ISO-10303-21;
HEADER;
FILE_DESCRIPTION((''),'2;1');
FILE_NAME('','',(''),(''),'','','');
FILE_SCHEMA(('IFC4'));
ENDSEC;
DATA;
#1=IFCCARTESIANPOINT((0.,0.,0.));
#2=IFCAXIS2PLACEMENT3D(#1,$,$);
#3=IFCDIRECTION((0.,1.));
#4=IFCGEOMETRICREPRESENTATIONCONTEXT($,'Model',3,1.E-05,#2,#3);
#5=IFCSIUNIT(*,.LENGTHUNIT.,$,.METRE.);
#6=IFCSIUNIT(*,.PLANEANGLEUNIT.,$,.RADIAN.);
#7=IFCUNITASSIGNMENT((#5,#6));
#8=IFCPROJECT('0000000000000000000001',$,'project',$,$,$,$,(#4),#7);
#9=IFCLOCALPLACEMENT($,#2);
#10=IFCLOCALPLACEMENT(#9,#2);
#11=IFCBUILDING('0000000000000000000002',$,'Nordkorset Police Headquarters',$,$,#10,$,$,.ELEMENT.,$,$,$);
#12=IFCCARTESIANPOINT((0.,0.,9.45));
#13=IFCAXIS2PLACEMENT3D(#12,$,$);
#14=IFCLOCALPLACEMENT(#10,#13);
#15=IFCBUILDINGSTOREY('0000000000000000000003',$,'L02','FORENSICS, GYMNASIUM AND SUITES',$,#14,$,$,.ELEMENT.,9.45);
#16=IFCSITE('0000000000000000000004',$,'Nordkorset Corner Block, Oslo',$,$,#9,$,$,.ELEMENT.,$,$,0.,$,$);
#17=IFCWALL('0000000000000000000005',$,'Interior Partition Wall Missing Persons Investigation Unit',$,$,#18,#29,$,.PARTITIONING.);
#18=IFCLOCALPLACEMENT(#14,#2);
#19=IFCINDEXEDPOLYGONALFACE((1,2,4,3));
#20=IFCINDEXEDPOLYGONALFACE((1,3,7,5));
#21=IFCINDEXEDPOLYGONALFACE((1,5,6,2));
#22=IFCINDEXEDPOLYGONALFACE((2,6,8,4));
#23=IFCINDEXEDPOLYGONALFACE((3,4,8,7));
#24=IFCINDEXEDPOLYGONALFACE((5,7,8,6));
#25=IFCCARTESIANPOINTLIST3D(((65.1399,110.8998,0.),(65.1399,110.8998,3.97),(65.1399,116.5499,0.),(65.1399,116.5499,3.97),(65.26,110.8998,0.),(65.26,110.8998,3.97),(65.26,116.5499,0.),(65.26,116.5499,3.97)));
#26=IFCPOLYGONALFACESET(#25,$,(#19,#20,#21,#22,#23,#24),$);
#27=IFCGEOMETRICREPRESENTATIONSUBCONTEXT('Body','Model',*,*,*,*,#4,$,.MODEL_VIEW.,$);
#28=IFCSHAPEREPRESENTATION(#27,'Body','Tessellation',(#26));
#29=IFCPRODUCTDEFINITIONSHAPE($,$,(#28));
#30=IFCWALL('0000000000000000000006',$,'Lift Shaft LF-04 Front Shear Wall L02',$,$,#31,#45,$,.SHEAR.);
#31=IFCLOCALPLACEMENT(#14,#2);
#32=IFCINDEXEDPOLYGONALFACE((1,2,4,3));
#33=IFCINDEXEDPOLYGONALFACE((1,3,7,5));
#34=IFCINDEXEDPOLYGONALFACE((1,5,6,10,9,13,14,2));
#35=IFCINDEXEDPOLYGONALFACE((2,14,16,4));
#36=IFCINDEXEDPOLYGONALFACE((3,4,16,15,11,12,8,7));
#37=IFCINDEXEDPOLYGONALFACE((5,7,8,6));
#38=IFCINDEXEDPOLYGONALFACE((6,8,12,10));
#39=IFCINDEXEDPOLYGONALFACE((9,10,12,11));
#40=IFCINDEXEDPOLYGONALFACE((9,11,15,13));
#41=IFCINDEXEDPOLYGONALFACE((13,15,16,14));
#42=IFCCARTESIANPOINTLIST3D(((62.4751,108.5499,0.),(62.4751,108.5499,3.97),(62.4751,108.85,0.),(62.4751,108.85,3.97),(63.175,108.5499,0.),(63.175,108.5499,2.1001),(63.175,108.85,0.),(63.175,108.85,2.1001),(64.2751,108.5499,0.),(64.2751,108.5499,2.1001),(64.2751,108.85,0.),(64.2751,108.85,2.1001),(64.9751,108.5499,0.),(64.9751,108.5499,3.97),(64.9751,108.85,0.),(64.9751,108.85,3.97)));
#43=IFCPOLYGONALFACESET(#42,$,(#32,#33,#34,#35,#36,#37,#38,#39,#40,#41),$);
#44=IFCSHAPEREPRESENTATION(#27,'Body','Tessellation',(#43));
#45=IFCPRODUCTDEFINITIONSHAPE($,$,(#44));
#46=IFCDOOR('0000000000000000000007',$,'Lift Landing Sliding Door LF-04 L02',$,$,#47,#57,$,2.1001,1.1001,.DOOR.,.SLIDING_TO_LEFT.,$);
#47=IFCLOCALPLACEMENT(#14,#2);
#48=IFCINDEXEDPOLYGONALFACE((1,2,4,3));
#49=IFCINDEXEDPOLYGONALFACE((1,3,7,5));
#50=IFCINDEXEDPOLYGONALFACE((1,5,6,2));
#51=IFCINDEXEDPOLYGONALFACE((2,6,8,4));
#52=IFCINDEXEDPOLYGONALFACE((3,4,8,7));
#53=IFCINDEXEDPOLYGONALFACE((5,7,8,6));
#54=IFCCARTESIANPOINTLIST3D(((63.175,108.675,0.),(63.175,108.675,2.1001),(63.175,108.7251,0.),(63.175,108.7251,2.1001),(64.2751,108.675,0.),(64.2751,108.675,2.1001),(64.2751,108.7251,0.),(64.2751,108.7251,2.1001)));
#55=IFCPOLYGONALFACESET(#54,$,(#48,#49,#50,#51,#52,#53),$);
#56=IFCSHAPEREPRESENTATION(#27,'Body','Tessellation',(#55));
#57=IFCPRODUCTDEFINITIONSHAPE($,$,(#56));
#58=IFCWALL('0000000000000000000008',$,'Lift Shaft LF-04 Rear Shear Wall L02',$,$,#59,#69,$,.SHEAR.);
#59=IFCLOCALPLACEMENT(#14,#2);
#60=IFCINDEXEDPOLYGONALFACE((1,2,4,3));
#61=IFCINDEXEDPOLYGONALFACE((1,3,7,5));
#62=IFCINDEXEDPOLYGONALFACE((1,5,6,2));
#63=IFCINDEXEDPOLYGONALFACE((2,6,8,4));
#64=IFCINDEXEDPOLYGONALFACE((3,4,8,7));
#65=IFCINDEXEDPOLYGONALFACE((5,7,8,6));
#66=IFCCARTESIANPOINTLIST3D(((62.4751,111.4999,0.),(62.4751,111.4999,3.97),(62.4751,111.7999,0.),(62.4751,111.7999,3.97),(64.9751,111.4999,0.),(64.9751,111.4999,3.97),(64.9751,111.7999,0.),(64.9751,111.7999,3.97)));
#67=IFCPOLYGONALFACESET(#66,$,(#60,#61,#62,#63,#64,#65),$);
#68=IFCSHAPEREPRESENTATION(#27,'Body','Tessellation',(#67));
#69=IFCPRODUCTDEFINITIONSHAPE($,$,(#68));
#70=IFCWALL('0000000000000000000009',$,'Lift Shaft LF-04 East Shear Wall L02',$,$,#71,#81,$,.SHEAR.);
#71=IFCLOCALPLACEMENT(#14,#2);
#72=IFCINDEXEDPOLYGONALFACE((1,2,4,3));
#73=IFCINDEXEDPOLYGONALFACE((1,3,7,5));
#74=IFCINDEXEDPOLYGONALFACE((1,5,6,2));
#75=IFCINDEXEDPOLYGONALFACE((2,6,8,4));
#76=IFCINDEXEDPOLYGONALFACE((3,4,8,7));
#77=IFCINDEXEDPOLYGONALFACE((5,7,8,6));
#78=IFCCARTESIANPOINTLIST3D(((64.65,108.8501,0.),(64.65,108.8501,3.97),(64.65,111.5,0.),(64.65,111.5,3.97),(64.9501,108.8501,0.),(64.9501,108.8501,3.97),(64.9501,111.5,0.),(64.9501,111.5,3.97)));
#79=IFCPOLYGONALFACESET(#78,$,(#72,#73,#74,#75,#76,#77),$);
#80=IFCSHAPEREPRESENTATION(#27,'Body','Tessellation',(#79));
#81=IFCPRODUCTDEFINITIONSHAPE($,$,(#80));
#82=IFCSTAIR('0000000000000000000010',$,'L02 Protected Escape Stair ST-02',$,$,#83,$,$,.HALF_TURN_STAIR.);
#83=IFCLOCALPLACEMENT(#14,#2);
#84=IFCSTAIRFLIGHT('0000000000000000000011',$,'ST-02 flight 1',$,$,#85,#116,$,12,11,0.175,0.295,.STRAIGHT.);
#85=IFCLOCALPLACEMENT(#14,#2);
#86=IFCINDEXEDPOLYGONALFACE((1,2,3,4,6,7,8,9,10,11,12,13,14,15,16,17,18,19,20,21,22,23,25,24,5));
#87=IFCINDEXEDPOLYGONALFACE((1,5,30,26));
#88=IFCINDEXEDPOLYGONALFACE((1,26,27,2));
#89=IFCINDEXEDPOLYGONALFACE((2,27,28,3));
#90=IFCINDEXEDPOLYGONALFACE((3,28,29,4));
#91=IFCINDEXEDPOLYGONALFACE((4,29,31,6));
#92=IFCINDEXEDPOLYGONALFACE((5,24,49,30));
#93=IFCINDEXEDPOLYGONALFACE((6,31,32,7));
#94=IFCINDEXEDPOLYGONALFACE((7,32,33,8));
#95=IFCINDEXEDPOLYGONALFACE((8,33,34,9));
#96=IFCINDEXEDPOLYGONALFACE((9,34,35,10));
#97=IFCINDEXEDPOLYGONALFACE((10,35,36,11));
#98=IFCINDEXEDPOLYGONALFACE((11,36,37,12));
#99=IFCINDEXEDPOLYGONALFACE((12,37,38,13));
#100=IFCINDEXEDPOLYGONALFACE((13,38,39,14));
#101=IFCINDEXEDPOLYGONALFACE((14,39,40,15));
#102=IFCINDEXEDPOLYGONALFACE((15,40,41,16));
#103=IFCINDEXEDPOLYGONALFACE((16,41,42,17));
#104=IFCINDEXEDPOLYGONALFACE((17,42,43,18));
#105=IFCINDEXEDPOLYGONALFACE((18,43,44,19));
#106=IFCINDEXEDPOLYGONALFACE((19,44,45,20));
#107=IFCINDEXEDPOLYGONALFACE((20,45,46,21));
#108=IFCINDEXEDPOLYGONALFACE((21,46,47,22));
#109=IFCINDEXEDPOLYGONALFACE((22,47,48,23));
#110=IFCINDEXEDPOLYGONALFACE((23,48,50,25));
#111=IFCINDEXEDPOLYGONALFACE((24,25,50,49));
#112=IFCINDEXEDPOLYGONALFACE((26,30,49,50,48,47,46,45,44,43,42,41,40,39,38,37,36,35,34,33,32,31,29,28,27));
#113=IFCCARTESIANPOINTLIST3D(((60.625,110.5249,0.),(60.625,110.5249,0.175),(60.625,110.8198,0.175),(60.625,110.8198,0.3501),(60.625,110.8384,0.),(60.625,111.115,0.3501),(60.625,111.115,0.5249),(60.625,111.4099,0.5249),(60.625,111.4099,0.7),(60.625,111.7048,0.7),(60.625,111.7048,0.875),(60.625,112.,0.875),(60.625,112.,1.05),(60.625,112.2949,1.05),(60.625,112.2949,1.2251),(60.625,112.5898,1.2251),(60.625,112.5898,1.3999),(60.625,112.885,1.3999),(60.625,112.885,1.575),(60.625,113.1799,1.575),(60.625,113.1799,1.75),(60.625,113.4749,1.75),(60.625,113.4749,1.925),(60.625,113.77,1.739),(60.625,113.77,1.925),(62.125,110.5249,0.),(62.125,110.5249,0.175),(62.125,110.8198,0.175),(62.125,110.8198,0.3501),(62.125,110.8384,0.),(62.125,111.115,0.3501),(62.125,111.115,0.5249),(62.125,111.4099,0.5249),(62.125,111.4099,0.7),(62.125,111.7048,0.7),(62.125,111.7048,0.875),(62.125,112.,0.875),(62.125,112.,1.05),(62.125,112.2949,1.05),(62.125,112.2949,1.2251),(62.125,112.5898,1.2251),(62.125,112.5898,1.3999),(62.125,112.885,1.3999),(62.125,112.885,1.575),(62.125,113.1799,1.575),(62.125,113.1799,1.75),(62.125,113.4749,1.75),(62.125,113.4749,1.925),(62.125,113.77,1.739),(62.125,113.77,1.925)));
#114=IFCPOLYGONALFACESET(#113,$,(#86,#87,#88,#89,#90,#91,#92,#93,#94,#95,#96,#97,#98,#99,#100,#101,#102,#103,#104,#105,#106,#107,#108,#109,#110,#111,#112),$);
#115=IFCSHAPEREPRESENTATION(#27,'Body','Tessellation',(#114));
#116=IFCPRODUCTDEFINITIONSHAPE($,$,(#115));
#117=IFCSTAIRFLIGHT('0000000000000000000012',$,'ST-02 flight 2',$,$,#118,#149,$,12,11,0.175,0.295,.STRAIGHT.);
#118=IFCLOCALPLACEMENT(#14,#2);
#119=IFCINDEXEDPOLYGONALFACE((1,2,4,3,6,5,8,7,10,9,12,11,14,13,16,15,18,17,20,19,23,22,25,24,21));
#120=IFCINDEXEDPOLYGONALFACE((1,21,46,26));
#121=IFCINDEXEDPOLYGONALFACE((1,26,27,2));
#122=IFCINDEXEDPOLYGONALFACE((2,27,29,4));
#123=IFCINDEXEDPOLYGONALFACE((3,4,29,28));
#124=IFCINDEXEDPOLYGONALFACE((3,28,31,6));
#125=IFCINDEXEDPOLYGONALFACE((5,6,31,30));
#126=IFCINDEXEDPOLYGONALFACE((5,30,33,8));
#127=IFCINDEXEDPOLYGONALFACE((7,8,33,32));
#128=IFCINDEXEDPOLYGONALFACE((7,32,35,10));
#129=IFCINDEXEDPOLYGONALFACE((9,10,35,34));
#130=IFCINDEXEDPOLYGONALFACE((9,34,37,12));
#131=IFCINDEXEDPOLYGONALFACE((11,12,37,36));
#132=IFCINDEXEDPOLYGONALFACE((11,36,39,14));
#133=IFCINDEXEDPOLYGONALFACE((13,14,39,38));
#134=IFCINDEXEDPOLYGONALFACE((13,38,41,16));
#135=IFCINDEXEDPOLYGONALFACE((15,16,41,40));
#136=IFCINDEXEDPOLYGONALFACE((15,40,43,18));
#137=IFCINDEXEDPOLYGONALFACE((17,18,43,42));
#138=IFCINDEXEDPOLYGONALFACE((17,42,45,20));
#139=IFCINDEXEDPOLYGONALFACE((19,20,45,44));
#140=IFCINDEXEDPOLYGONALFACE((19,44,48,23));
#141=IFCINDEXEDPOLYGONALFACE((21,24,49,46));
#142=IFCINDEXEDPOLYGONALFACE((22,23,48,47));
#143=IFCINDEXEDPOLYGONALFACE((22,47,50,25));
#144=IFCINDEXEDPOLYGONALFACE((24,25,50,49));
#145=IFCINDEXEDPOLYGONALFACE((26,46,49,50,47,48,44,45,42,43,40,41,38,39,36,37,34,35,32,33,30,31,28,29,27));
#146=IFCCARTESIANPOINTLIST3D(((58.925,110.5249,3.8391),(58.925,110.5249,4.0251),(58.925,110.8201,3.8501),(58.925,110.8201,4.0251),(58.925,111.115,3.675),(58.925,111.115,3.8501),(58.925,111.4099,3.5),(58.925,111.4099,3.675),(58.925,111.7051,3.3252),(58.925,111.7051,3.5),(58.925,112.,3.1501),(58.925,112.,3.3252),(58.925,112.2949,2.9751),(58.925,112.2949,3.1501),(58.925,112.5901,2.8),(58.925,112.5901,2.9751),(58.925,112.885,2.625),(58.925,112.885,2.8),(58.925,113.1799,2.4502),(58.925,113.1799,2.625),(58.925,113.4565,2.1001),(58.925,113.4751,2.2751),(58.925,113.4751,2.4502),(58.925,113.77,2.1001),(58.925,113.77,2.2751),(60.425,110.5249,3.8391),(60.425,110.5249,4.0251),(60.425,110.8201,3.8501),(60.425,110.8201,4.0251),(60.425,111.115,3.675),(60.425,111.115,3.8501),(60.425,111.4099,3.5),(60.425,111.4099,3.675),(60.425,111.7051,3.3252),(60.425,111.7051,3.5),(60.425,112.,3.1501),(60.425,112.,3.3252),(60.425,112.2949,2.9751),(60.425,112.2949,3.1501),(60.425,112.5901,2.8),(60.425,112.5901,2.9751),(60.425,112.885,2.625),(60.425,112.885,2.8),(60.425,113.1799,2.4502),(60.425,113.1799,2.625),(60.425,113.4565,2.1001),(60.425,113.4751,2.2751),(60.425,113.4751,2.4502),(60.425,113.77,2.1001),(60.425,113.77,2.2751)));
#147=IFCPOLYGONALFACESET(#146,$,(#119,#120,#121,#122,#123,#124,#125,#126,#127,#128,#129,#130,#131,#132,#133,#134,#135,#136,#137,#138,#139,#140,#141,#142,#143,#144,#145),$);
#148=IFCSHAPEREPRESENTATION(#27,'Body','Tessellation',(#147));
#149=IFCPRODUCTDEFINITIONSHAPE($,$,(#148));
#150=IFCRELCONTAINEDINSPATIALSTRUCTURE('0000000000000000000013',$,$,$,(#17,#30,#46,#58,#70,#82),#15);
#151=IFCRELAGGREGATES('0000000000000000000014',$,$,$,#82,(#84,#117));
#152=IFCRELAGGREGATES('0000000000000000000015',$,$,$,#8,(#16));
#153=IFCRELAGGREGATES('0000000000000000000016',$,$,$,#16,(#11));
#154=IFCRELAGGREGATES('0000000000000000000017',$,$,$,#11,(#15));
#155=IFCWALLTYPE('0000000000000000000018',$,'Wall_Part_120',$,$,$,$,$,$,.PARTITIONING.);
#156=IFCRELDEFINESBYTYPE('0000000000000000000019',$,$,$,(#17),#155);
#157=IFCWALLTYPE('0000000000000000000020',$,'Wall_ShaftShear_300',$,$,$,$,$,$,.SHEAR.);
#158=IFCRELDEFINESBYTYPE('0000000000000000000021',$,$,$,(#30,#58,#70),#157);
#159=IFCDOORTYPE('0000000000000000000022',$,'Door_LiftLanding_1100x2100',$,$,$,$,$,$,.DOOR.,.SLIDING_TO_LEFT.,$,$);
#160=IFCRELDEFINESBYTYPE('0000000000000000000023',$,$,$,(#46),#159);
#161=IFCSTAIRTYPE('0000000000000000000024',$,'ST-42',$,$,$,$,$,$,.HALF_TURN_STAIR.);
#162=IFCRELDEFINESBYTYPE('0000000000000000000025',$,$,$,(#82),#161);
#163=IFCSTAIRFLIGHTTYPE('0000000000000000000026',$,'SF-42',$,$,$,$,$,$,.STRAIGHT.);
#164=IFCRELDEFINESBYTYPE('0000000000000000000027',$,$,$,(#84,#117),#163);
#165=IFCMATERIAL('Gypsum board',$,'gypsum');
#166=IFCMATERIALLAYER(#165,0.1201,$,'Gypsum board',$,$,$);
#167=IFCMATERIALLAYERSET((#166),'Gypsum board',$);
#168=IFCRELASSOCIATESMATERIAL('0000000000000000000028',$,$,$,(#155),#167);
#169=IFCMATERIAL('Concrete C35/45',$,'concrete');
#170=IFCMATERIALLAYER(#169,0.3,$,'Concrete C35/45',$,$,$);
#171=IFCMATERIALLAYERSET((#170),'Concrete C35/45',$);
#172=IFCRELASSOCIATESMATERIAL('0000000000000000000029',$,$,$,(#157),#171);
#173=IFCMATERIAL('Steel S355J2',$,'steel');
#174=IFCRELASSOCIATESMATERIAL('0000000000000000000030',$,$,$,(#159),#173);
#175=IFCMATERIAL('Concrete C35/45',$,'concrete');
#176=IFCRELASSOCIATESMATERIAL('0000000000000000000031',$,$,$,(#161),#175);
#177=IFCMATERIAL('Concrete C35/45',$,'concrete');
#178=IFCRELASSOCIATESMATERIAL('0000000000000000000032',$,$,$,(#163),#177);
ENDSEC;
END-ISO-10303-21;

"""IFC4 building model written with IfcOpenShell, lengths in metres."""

from ifc_helpers import new_model, si_unit, direction, frame, frame_2d, origin, place, context, subcontext, project, spatial, polyline, rectangle, outline, extrude, material, layer, layer_set, type_object, element, fill, aggregate, save


model = new_model("IFC4")

# Units and contexts
model_context = context("Model", 3, precision=1e-05, world=origin(), true_north=direction((0.0, 1.0)))
body_context = subcontext(model_context, "Body", "Model", "MODEL_VIEW")
ifc_project = project(units=[si_unit("LENGTHUNIT", "METRE"), si_unit("PLANEANGLEUNIT", "RADIAN")], contexts=[model_context])

# Site, building, storey
site_placement = place(None, origin())
site = spatial("IfcSite", under=ifc_project, at=site_placement, Name="Nordkorset Corner Block, Oslo", CompositionType="ELEMENT", RefElevation=0.0)
building_placement = place(site_placement, origin())
building = spatial("IfcBuilding", under=site, at=building_placement, Name="Nordkorset Police Headquarters", CompositionType="ELEMENT")
storey_placement = place(building_placement, frame((0.0, 0.0, 9.45)))
storey = spatial("IfcBuildingStorey", under=building, at=storey_placement, Name="L02", Description="FORENSICS, GYMNASIUM AND SUITES", CompositionType="ELEMENT", Elevation=9.45)

# Shared definitions
ifc_material_1 = material(Name="Gypsum board", Category="gypsum")
ifc_layer_1 = layer(ifc_material_1, 0.1201, Name="Gypsum board")
ifc_layer_set_1 = layer_set([ifc_layer_1], Name="Gypsum board")
wall_type_1 = type_object("IfcWallType", Name="Wall_Part_120", PredefinedType="PARTITIONING", material=ifc_layer_set_1)

# Wall
wall_1_placement = place(storey_placement, frame((65.2, 116.55, 0.0), z_axis=(0.0, 0.0, 1.0), x_axis=(0.0, -1.0, 0.0)))
element("IfcWall", 1, at=wall_1_placement, inside=storey, type_object=wall_type_1, Name="Interior Partition Wall Missing Persons Investigation Unit", PredefinedType="PARTITIONING", context=body_context, shape_type="SweptSolid", body=[
    extrude(rectangle(XDim=5.6501, YDim=0.1201, at=frame_2d((2.8252, 0.0))), origin(), (0.0, 0.0, 1.0), 3.97),
])

# Wall, opening, door
ifc_material_2 = material(Name="Concrete C35/45", Category="concrete")
ifc_layer_2 = layer(ifc_material_2, 0.3, Name="Concrete C35/45")
ifc_layer_set_2 = layer_set([ifc_layer_2], Name="Concrete C35/45")
wall_type_2 = type_object("IfcWallType", Name="Wall_ShaftShear_300", PredefinedType="SHEAR", material=ifc_layer_set_2)
wall_2_placement = place(storey_placement, frame((62.4751, 108.7, 0.0), z_axis=(0.0, 0.0, 1.0), x_axis=(1.0, 0.0, 0.0)))
wall_2 = element("IfcWall", 2, at=wall_2_placement, inside=storey, type_object=wall_type_2, Name="Lift Shaft LF-04 Front Shear Wall L02", PredefinedType="SHEAR", context=body_context, shape_type="SweptSolid", body=[
    extrude(rectangle(XDim=2.5, YDim=0.3, at=frame_2d((1.25, 0.0))), origin(), (0.0, 0.0, 1.0), 3.97),
])
opening_1_placement = place(wall_2_placement, frame((0.7, 0.0, 0.0)))
opening_1 = element("IfcOpeningElement", 3, at=opening_1_placement, cuts=wall_2, PredefinedType="OPENING", context=body_context, shape_type="SweptSolid", body=[
    extrude(rectangle(XDim=1.1001, YDim=2.1001, at=frame_2d((0.55, 1.05))), frame((0.0, 0.1602, 0.0), z_axis=(0.0, -1.0, 0.0), x_axis=(1.0, 0.0, 0.0)), (0.0, 0.0, 1.0), 0.3201),
])
ifc_material_3 = material(Name="Steel S355J2", Category="steel")
door_type_1 = type_object("IfcDoorType", Name="Door_LiftLanding_1100x2100", OperationType="SLIDING_TO_LEFT", PredefinedType="DOOR", material=ifc_material_3)
door_1_placement = place(opening_1_placement, frame((1.1001, 0.0, 0.0), z_axis=(0.0, 0.0, 1.0), x_axis=(-1.0, 0.0, 0.0)))
door_1 = element("IfcDoor", 4, at=door_1_placement, inside=storey, type_object=door_type_1, Name="Lift Landing Sliding Door LF-04 L02", OperationType="SLIDING_TO_LEFT", OverallHeight=2.1001, OverallWidth=1.1001, PredefinedType="DOOR", context=body_context, shape_type="SweptSolid", body=[
    extrude(rectangle(XDim=1.1001, YDim=2.1001, at=frame_2d((0.55, 1.05))), frame((0.0, 0.0249, 0.0), z_axis=(0.0, -1.0, 0.0), x_axis=(1.0, 0.0, 0.0)), (0.0, 0.0, 1.0), 0.05),
])
fill(opening_1, door_1)

# Walls
wall_3_placement = place(storey_placement, frame((62.4751, 111.6499, 0.0), z_axis=(0.0, 0.0, 1.0), x_axis=(1.0, 0.0, 0.0)))
element("IfcWall", 5, at=wall_3_placement, inside=storey, type_object=wall_type_2, Name="Lift Shaft LF-04 Rear Shear Wall L02", PredefinedType="SHEAR", context=body_context, shape_type="SweptSolid", body=[
    extrude(rectangle(XDim=2.5, YDim=0.3, at=frame_2d((1.25, 0.0))), origin(), (0.0, 0.0, 1.0), 3.97),
])
wall_4_placement = place(storey_placement, frame((64.8, 108.8501, 0.0), z_axis=(0.0, 0.0, 1.0), x_axis=(0.0, 1.0, 0.0)))
element("IfcWall", 6, at=wall_4_placement, inside=storey, type_object=wall_type_2, Name="Lift Shaft LF-04 East Shear Wall L02", PredefinedType="SHEAR", context=body_context, shape_type="SweptSolid", body=[
    extrude(rectangle(XDim=2.6499, YDim=0.3, at=frame_2d((1.325, 0.0))), origin(), (0.0, 0.0, 1.0), 3.97),
])

# Stair, stair flights
ifc_material_4 = material(Name="Concrete C35/45", Category="concrete")
stair_type = type_object("IfcStairType", Name="ST-42", PredefinedType="HALF_TURN_STAIR", material=ifc_material_4)
stair_placement = place(storey_placement, origin())
stair = element("IfcStair", 7, at=stair_placement, inside=storey, type_object=stair_type, Name="L02 Protected Escape Stair ST-02", PredefinedType="HALF_TURN_STAIR")
ifc_material_5 = material(Name="Concrete C35/45", Category="concrete")
stair_flight_type = type_object("IfcStairFlightType", Name="SF-42", PredefinedType="STRAIGHT", material=ifc_material_5)
stair_flight_1_placement = place(storey_placement, frame((61.375, 110.5249, 0.0), z_axis=(0.0, 0.0, 1.0), x_axis=(0.0, 1.0, 0.0)))
stair_flight_1 = element("IfcStairFlight", 8, at=stair_flight_1_placement, type_object=stair_flight_type, Name="ST-02 flight 1", NumberOfRisers=12, NumberOfTreads=11, PredefinedType="STRAIGHT", RiserHeight=0.175, TreadLength=0.295, context=body_context, shape_type="SweptSolid", body=[
    extrude(outline(polyline([(0.0, 0.0), (0.0, 0.175), (0.2949, 0.175), (0.2949, 0.3501), (0.5901, 0.3501), (0.5901, 0.5249), (0.885, 0.5249), (0.885, 0.7), (1.1799, 0.7), (1.1799, 0.875), (1.4751, 0.875), (1.4751, 1.05), (1.77, 1.05), (1.77, 1.2251), (2.0649, 1.2251), (2.0649, 1.3999), (2.3601, 1.3999), (2.3601, 1.575), (2.655, 1.575), (2.655, 1.75), (2.95, 1.75), (2.95, 1.925), (3.2451, 1.925), (3.2451, 2.1001), (3.2451, 1.739), (0.3135, 0.0), (0.0, 0.0)])), frame((0.0, 0.75, 0.0), z_axis=(0.0, -1.0, 0.0), x_axis=(1.0, 0.0, 0.0)), (0.0, 0.0, 1.0), 1.5),
])
stair_flight_2_placement = place(storey_placement, frame((59.675, 113.77, 2.1001), z_axis=(0.0, 0.0, 1.0), x_axis=(0.0, -1.0, 0.0)))
stair_flight_2 = element("IfcStairFlight", 9, at=stair_flight_2_placement, type_object=stair_flight_type, Name="ST-02 flight 2", NumberOfRisers=12, NumberOfTreads=11, PredefinedType="STRAIGHT", RiserHeight=0.175, TreadLength=0.295, context=body_context, shape_type="SweptSolid", body=[
    extrude(outline(polyline([(0.0, 0.0), (0.0, 0.175), (0.2949, 0.175), (0.2949, 0.3501), (0.5901, 0.3501), (0.5901, 0.5249), (0.885, 0.5249), (0.885, 0.7), (1.1799, 0.7), (1.1799, 0.875), (1.4751, 0.875), (1.4751, 1.05), (1.77, 1.05), (1.77, 1.2251), (2.0649, 1.2251), (2.0649, 1.3999), (2.3601, 1.3999), (2.3601, 1.575), (2.655, 1.575), (2.655, 1.75), (2.95, 1.75), (2.95, 1.925), (3.2451, 1.925), (3.2451, 2.1001), (3.2451, 1.739), (0.3135, 0.0), (0.0, 0.0)])), frame((0.0, 0.75, 0.0), z_axis=(0.0, -1.0, 0.0), x_axis=(1.0, 0.0, 0.0)), (0.0, 0.0, 1.0), 1.5),
])
aggregate(stair, [stair_flight_1, stair_flight_2])

save(model, "model.ifc")
